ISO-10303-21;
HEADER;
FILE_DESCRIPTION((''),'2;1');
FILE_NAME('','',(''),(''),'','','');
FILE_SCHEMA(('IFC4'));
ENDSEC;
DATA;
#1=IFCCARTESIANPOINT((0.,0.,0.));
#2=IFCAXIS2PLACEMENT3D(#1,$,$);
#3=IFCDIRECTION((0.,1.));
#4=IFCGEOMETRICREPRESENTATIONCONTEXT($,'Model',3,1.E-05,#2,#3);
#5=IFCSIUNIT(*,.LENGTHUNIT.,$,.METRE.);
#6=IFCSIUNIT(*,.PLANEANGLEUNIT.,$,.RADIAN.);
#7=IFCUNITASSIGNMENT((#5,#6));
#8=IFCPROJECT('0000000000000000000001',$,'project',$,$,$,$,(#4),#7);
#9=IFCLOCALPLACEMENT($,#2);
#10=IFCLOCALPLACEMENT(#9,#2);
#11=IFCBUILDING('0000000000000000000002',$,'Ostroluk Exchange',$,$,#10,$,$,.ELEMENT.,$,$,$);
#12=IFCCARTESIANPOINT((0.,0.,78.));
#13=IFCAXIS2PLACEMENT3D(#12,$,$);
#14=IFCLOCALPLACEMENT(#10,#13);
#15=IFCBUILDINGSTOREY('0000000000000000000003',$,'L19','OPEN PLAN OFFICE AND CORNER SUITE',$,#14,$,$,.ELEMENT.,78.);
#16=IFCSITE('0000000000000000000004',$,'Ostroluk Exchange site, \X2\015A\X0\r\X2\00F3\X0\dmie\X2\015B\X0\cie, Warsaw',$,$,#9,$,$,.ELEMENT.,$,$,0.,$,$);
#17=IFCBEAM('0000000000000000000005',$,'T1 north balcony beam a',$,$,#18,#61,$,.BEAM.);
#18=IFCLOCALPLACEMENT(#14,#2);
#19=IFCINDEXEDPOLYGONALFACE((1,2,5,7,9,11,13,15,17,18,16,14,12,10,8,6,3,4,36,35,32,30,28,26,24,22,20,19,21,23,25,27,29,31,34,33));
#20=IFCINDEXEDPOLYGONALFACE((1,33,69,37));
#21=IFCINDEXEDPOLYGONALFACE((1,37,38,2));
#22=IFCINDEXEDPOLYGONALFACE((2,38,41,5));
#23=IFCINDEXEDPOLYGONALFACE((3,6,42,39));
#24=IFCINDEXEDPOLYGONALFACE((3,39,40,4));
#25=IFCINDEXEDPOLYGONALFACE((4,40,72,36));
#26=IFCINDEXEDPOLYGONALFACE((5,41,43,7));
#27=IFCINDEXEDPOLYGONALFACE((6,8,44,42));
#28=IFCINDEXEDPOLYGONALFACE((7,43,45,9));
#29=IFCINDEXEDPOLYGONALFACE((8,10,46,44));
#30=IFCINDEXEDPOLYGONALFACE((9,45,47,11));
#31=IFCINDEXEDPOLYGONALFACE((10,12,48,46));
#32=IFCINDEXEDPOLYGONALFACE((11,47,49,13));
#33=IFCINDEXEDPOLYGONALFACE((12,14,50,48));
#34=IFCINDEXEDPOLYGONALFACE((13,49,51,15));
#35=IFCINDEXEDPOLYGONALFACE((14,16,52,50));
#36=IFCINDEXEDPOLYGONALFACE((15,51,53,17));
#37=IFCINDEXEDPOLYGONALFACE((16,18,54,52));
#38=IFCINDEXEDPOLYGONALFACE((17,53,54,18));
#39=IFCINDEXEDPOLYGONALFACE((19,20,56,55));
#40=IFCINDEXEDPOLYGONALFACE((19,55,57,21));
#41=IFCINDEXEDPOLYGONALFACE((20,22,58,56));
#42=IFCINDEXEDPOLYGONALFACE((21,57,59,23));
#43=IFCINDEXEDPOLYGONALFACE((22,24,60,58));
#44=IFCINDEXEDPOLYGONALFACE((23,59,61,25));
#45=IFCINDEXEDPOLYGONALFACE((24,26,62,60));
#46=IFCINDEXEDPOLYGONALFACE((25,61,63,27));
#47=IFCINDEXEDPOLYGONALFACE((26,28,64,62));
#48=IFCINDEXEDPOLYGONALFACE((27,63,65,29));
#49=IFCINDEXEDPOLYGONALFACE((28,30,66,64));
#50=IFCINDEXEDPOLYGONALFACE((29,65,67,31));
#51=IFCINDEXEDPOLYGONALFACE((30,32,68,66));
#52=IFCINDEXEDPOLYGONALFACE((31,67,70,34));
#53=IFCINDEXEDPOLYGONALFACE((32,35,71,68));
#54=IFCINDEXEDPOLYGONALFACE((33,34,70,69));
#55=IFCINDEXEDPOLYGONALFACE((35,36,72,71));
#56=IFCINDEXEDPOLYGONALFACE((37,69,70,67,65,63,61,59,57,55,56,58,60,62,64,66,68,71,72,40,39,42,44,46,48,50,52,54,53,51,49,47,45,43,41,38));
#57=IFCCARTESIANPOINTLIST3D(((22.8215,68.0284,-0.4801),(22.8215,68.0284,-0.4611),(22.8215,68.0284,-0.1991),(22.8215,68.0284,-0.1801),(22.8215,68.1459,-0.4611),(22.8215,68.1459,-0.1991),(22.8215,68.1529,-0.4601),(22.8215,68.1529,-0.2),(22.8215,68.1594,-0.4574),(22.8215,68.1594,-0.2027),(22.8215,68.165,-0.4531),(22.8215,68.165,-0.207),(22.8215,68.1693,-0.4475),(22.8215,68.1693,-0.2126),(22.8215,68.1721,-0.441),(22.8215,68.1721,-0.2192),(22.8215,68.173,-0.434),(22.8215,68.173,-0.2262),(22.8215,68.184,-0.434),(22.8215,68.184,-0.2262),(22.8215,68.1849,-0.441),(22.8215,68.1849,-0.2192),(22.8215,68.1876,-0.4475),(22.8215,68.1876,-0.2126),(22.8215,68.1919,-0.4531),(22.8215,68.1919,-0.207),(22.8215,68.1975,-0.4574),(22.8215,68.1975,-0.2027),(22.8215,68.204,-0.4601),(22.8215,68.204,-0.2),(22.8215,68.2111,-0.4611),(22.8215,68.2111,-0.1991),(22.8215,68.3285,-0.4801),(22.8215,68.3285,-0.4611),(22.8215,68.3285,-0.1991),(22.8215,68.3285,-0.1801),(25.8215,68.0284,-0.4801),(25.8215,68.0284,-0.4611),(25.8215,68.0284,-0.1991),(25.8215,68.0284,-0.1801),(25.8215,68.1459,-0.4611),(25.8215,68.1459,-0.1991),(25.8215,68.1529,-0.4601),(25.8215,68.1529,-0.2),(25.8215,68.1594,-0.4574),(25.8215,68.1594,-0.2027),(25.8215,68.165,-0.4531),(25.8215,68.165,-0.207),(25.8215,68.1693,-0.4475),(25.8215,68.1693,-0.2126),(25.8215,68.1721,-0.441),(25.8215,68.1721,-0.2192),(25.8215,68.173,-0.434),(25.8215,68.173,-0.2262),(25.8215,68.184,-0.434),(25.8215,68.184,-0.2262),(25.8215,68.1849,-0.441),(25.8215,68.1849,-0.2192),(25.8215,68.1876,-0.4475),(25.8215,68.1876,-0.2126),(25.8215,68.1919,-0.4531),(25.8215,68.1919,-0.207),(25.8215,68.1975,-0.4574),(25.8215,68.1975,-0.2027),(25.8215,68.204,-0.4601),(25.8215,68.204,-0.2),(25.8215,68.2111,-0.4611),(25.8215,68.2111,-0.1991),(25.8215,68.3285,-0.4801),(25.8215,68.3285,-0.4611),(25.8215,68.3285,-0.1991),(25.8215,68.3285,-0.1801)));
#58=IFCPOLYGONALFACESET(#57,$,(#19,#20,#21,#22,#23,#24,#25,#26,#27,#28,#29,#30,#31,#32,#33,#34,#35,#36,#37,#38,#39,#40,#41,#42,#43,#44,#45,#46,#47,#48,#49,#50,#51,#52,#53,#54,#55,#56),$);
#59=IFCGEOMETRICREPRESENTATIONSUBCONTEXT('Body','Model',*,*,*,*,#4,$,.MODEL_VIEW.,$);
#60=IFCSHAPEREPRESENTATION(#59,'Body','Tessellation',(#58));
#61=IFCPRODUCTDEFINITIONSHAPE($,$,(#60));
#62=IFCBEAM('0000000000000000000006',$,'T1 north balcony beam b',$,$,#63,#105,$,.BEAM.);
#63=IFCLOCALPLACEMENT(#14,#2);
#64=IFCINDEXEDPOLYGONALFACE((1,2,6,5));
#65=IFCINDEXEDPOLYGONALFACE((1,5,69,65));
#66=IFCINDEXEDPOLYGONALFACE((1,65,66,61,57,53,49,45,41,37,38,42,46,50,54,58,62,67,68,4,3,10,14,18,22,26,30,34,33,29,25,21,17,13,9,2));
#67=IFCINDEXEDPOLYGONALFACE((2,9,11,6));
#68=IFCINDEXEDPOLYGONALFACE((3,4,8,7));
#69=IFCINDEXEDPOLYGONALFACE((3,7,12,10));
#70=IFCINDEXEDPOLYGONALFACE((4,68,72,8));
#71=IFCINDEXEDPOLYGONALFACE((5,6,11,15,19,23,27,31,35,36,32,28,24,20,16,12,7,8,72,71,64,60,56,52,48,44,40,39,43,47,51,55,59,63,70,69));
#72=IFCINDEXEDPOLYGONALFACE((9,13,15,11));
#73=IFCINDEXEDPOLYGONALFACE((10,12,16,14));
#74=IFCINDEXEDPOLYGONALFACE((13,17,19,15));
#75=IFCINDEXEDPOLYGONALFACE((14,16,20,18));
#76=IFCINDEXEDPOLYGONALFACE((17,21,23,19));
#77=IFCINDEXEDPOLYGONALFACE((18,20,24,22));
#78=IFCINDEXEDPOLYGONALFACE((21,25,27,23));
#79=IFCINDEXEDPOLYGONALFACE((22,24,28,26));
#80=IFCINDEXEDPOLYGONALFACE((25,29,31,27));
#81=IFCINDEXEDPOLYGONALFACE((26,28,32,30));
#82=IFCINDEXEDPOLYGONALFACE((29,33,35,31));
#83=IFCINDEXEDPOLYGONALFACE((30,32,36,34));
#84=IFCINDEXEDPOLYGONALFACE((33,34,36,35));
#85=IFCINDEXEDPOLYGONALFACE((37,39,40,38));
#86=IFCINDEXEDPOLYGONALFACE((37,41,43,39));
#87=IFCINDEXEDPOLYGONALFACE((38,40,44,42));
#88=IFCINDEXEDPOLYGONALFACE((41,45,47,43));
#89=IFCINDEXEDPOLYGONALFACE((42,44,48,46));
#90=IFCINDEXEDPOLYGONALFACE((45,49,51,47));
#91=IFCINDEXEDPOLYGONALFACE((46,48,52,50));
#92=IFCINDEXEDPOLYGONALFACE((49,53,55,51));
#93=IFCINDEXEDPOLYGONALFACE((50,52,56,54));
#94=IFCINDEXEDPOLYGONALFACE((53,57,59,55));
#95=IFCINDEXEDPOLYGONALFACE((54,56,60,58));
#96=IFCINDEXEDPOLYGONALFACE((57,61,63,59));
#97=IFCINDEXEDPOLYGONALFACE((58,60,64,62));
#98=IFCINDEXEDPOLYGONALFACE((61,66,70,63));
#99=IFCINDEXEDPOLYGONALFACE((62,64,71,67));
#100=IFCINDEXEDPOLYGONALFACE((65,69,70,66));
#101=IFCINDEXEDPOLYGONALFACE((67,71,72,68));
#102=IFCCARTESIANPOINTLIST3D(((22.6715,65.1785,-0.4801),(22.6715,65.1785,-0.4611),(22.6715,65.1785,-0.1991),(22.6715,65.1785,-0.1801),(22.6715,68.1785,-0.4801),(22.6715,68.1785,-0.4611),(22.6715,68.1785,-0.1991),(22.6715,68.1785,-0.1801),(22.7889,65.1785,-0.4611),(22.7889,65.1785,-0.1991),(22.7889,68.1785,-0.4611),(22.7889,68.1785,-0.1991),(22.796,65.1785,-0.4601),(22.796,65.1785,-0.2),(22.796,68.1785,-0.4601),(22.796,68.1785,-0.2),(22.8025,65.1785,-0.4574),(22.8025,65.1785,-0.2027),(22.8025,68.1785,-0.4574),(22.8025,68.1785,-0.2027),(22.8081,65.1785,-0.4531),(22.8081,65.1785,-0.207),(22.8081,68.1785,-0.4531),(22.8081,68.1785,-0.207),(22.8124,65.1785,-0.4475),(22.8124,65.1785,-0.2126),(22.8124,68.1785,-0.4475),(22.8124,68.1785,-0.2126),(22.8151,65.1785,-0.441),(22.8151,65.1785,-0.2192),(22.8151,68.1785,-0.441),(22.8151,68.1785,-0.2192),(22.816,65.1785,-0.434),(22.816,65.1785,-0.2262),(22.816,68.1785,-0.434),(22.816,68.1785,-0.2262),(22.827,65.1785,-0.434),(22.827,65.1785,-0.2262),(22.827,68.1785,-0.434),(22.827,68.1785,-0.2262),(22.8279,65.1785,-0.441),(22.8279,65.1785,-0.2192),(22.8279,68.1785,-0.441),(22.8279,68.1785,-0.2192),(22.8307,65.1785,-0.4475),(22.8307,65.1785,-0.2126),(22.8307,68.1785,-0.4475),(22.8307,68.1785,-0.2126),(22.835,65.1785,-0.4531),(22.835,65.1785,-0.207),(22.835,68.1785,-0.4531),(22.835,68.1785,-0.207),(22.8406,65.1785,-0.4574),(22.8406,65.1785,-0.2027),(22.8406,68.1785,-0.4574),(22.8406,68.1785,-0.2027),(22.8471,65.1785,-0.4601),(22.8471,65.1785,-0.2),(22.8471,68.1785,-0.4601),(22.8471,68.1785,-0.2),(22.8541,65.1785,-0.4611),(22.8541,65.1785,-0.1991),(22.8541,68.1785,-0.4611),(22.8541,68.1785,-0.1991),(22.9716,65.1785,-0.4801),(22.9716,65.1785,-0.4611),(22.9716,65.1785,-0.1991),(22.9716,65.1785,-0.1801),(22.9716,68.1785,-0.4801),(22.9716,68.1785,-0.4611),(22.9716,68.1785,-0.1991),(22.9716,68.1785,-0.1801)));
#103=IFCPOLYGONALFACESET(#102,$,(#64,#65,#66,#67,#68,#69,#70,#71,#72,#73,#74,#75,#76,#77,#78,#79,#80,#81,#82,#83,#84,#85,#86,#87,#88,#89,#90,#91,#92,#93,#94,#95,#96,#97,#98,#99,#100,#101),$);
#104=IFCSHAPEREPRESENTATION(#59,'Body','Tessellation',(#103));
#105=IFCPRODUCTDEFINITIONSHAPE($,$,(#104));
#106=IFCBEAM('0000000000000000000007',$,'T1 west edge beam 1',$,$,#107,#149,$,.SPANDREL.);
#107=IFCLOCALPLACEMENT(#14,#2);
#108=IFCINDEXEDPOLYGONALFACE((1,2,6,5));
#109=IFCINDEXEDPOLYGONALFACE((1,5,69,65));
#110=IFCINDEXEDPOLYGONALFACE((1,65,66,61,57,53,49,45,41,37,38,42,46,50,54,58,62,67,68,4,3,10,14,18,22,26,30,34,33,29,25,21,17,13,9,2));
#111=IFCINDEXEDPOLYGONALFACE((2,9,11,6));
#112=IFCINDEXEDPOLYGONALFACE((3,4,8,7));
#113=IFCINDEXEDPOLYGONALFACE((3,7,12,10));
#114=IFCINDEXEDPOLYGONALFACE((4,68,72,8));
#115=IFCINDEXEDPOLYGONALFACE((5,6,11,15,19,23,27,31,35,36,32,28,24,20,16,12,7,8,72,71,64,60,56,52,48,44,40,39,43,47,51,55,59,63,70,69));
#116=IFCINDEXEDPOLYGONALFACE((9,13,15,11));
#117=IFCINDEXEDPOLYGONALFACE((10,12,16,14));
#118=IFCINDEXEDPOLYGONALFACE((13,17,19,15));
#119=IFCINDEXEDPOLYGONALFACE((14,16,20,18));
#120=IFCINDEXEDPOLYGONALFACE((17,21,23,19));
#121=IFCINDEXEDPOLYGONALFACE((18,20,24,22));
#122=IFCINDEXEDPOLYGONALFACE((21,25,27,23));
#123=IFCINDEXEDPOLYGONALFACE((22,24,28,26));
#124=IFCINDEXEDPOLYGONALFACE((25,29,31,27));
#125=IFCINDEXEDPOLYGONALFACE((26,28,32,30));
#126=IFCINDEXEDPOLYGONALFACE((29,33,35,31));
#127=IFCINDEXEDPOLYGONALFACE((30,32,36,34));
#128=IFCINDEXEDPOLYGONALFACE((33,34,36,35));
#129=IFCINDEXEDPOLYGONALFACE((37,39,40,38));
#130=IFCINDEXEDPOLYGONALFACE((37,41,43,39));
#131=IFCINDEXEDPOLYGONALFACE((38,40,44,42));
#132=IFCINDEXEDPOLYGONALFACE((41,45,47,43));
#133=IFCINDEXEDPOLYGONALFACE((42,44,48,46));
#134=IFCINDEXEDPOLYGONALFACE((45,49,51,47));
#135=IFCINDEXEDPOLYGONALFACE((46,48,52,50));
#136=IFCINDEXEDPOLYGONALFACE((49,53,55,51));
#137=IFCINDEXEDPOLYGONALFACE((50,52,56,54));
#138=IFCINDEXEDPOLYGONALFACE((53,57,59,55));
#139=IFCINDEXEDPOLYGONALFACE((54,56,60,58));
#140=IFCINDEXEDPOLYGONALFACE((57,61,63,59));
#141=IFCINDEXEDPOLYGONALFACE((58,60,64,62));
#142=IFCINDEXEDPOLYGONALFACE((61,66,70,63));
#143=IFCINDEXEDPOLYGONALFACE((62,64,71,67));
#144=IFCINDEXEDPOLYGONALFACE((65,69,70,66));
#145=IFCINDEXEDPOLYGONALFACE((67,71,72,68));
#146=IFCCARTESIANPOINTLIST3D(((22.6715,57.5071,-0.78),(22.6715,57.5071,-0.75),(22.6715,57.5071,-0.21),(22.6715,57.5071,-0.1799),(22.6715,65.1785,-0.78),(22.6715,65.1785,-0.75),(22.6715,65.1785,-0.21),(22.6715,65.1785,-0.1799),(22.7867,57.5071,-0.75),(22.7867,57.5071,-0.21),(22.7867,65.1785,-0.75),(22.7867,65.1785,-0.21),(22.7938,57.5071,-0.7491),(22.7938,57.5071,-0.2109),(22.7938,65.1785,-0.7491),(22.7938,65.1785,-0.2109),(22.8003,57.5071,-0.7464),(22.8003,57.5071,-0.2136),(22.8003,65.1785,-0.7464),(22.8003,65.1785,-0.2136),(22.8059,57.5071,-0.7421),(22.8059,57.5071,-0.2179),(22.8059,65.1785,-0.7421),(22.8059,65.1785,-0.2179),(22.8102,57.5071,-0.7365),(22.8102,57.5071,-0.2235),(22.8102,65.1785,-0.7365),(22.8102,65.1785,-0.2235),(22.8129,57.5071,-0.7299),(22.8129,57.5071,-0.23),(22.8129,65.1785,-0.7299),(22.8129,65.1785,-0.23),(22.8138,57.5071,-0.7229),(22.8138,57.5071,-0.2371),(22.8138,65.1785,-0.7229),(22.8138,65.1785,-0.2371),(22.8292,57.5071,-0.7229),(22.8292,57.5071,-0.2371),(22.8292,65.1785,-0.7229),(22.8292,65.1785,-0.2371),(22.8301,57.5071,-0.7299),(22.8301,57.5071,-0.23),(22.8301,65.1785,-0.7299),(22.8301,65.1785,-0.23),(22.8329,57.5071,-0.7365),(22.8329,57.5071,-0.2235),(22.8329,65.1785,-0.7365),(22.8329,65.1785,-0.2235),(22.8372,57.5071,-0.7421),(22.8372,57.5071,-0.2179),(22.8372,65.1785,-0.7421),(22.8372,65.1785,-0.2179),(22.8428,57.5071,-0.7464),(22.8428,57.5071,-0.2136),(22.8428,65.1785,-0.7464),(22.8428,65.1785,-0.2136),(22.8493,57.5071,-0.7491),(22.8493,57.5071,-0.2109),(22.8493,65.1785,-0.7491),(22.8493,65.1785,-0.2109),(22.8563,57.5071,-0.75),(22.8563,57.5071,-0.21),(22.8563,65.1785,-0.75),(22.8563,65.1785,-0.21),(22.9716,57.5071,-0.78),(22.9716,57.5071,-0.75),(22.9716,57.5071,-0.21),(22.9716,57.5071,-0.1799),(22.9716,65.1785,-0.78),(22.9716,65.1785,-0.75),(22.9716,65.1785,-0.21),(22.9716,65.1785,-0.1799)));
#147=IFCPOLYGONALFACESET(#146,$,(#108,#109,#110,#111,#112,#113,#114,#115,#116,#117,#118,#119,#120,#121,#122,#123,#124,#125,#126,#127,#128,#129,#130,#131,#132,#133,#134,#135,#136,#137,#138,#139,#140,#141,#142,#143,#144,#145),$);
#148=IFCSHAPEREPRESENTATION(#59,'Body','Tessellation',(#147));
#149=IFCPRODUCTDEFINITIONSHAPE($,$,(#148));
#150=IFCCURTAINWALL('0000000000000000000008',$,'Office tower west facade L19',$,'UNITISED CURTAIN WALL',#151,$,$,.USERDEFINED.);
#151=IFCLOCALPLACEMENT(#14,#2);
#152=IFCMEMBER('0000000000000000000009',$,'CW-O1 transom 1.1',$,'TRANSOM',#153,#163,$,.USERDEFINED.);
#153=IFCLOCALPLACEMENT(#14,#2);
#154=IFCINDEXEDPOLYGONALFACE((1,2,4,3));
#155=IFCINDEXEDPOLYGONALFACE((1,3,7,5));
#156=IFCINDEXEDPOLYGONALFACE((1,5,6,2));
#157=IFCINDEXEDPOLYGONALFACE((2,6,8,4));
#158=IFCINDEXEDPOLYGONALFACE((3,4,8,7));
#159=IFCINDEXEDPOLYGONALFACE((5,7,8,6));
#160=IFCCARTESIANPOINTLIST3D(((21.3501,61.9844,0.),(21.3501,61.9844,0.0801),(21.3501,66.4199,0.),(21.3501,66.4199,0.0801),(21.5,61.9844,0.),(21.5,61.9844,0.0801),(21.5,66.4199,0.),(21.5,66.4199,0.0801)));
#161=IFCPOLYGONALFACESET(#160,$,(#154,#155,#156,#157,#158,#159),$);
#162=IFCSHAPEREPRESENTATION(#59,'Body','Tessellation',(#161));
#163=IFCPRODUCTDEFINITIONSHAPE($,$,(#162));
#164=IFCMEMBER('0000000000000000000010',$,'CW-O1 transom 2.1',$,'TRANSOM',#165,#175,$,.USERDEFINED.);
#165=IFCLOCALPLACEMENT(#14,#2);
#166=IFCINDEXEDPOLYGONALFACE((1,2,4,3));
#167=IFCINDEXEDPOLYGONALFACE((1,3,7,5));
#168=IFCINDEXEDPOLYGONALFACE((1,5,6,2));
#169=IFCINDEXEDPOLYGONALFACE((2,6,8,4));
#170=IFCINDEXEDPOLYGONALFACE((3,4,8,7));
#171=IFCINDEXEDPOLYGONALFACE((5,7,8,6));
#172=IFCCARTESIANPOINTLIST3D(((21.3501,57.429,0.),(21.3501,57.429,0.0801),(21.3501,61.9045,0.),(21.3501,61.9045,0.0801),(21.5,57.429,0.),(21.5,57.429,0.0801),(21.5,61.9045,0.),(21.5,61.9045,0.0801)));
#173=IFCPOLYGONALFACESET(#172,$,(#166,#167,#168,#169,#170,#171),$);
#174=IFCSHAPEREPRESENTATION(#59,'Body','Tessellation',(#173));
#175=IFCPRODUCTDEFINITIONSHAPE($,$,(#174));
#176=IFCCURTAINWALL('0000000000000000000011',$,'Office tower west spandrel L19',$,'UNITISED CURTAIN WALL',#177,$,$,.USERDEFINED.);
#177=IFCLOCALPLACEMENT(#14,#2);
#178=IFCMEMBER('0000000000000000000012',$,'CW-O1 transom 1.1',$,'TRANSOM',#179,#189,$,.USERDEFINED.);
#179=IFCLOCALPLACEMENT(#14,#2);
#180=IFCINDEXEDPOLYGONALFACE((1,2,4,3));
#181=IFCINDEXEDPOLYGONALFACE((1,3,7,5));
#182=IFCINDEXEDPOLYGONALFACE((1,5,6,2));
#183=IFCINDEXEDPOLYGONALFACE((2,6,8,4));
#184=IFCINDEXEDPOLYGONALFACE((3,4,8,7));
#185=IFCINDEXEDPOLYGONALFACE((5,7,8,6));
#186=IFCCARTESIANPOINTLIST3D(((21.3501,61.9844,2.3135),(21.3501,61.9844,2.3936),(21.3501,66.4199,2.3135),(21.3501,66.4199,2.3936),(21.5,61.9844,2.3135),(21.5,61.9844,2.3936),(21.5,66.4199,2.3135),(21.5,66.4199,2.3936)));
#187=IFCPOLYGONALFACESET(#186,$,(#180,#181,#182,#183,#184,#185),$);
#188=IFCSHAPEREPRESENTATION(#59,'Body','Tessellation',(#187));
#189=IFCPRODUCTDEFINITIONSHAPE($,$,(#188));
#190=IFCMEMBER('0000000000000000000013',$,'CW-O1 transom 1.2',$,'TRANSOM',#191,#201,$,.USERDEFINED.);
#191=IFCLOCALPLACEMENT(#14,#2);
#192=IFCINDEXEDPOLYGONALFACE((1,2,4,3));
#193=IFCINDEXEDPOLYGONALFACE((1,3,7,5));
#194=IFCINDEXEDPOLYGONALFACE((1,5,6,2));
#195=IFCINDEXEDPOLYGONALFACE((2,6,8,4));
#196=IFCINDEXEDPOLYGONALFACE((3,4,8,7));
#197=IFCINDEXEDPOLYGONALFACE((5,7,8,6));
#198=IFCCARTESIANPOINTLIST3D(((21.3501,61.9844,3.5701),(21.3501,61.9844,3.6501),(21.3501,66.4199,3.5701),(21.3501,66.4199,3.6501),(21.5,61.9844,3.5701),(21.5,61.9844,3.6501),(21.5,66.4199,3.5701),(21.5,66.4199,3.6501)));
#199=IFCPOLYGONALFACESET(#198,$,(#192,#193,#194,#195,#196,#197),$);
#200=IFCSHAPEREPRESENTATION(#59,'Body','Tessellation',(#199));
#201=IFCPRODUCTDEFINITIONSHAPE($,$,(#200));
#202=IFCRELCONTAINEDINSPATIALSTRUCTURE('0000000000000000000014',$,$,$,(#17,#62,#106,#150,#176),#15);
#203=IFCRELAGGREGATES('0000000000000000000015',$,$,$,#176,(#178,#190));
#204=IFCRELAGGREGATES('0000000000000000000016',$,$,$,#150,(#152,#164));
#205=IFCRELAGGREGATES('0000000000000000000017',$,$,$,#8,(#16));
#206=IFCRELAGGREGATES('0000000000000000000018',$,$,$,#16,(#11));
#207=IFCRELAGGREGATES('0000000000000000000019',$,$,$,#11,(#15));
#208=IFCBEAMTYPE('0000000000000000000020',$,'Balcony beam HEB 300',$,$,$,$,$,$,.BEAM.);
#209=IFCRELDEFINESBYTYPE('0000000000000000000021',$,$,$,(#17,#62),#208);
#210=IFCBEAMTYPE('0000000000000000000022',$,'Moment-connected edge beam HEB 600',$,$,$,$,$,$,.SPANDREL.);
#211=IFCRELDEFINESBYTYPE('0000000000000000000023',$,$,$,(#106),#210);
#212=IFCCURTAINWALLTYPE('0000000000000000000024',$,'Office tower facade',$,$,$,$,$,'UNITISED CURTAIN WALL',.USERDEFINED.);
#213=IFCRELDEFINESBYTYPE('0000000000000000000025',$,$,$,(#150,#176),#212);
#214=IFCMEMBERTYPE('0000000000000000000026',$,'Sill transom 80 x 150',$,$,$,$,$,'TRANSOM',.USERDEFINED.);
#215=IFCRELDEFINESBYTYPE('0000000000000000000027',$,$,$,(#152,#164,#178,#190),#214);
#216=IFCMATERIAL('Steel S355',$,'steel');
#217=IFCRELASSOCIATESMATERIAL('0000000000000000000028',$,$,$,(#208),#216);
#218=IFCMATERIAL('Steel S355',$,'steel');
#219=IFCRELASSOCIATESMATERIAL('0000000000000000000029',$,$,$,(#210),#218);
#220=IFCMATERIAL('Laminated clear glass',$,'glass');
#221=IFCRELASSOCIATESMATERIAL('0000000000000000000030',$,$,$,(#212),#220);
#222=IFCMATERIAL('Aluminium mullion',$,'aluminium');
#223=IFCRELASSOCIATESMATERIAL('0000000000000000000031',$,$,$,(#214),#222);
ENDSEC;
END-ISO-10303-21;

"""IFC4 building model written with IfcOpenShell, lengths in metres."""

from ifc_helpers import new_model, si_unit, direction, frame, origin, origin_2d, place, context, subcontext, project, spatial, rectangle, i_section, extrude, material, material_profile, profile_set, type_object, element, aggregate, save


model = new_model("IFC4")

# Units and contexts
model_context = context("Model", 3, precision=1e-05, world=origin(), true_north=direction((0.0, 1.0)))
body_context = subcontext(model_context, "Body", "Model", "MODEL_VIEW")
ifc_project = project(units=[si_unit("LENGTHUNIT", "METRE"), si_unit("PLANEANGLEUNIT", "RADIAN")], contexts=[model_context])

# Site, building, storey
site_placement = place(None, origin())
site = spatial("IfcSite", under=ifc_project, at=site_placement, Name="Ostroluk Exchange site, Śródmieście, Warsaw", CompositionType="ELEMENT", RefElevation=0.0)
building_placement = place(site_placement, origin())
building = spatial("IfcBuilding", under=site, at=building_placement, Name="Ostroluk Exchange", CompositionType="ELEMENT")
storey_placement = place(building_placement, frame((0.0, 0.0, 78.0)))
storey = spatial("IfcBuildingStorey", under=building, at=storey_placement, Name="L19", Description="OPEN PLAN OFFICE AND CORNER SUITE", CompositionType="ELEMENT", Elevation=78.0)

# Beams
ifc_material_1 = material(Name="Steel S355", Category="steel")
ifc_material_profile_1 = material_profile(ifc_material_1, i_section(OverallWidth=0.3, OverallDepth=0.3, WebThickness=0.011, FlangeThickness=0.019, FilletRadius=0.0271, at=origin_2d()), Name="HEB 300")
ifc_profile_set_1 = profile_set([ifc_material_profile_1], Name="Steel S355")
beam_type_1 = type_object("IfcBeamType", Name="Balcony beam HEB 300", PredefinedType="BEAM", material=ifc_profile_set_1)
for number, where, z_axis, x_axis, name in (
    (1, (25.8215, 68.1785, -0.3301), (-1.0, 0.0, 0.0), (0.0, -1.0, 0.0), "T1 north balcony beam a"),
    (2, (22.8215, 65.1785, -0.3301), (0.0, 1.0, 0.0), (-1.0, 0.0, 0.0), "T1 north balcony beam b"),
):
    element("IfcBeam", number, at=place(storey_placement, frame(where, z_axis=z_axis, x_axis=x_axis)), inside=storey, type_object=beam_type_1, Name=name, PredefinedType="BEAM", context=body_context, shape_type="SweptSolid", body=[
        extrude(i_section(OverallWidth=0.3, OverallDepth=0.3, WebThickness=0.011, FlangeThickness=0.019, FilletRadius=0.0271, at=origin_2d()), origin(), (0.0, 0.0, 1.0), 3.0),
    ])
ifc_material_2 = material(Name="Steel S355", Category="steel")
ifc_material_profile_2 = material_profile(ifc_material_2, i_section(OverallWidth=0.3, OverallDepth=0.6001, WebThickness=0.0154, FlangeThickness=0.03, FilletRadius=0.0271, at=origin_2d()), Name="HEB 600")
ifc_profile_set_2 = profile_set([ifc_material_profile_2], Name="Steel S355")
beam_type_2 = type_object("IfcBeamType", Name="Moment-connected edge beam HEB 600", PredefinedType="SPANDREL", material=ifc_profile_set_2)
beam_placement = place(storey_placement, frame((22.8215, 65.1785, -0.48), z_axis=(0.0, -1.0, 0.0), x_axis=(1.0, 0.0, 0.0)))
element("IfcBeam", 3, at=beam_placement, inside=storey, type_object=beam_type_2, Name="T1 west edge beam 1", PredefinedType="SPANDREL", context=body_context, shape_type="SweptSolid", body=[
    extrude(i_section(OverallWidth=0.3, OverallDepth=0.6001, WebThickness=0.0154, FlangeThickness=0.03, FilletRadius=0.0271, at=origin_2d()), origin(), (0.0, 0.0, 1.0), 7.6714),
])

# Curtain walls, members
ifc_material_3 = material(Name="Laminated clear glass", Category="glass")
curtain_wall_type = type_object("IfcCurtainWallType", Name="Office tower facade", ElementType="UNITISED CURTAIN WALL", PredefinedType="USERDEFINED", material=ifc_material_3)
curtain_wall_1_placement = place(storey_placement, origin())
curtain_wall_1 = element("IfcCurtainWall", 4, at=curtain_wall_1_placement, inside=storey, type_object=curtain_wall_type, Name="Office tower west facade L19", ObjectType="UNITISED CURTAIN WALL", PredefinedType="USERDEFINED")
ifc_material_4 = material(Name="Aluminium mullion", Category="aluminium")
ifc_material_profile_3 = material_profile(ifc_material_4, rectangle(XDim=0.1499, YDim=0.0801, at=origin_2d()), Name="Sill transom 80 x 150")
ifc_profile_set_3 = profile_set([ifc_material_profile_3], Name="Aluminium mullion")
member_type_1 = type_object("IfcMemberType", Name="Sill transom 80 x 150", ElementType="TRANSOM", PredefinedType="USERDEFINED", material=ifc_profile_set_3)
member_1_placement = place(storey_placement, frame((21.425, 66.4199, 0.04), z_axis=(0.0, -1.0, 0.0), x_axis=(1.0, 0.0, 0.0)))
member_1 = element("IfcMember", 5, at=member_1_placement, type_object=member_type_1, Name="CW-O1 transom 1.1", ObjectType="TRANSOM", PredefinedType="USERDEFINED", context=body_context, shape_type="SweptSolid", body=[
    extrude(rectangle(XDim=0.1499, YDim=0.0801, at=origin_2d()), origin(), (0.0, 0.0, 1.0), 4.4355),
])
member_2_placement = place(storey_placement, frame((21.425, 61.9045, 0.04), z_axis=(0.0, -1.0, 0.0), x_axis=(1.0, 0.0, 0.0)))
member_2 = element("IfcMember", 6, at=member_2_placement, type_object=member_type_1, Name="CW-O1 transom 2.1", ObjectType="TRANSOM", PredefinedType="USERDEFINED", context=body_context, shape_type="SweptSolid", body=[
    extrude(rectangle(XDim=0.1499, YDim=0.0801, at=origin_2d()), origin(), (0.0, 0.0, 1.0), 4.4756),
])
curtain_wall_2_placement = place(storey_placement, origin())
curtain_wall_2 = element("IfcCurtainWall", 7, at=curtain_wall_2_placement, inside=storey, type_object=curtain_wall_type, Name="Office tower west spandrel L19", ObjectType="UNITISED CURTAIN WALL", PredefinedType="USERDEFINED")
member_3_placement = place(storey_placement, frame((21.425, 66.4199, 2.3535), z_axis=(0.0, -1.0, 0.0), x_axis=(1.0, 0.0, 0.0)))
member_3 = element("IfcMember", 8, at=member_3_placement, type_object=member_type_1, Name="CW-O1 transom 1.1", ObjectType="TRANSOM", PredefinedType="USERDEFINED", context=body_context, shape_type="SweptSolid", body=[
    extrude(rectangle(XDim=0.1499, YDim=0.0801, at=origin_2d()), origin(), (0.0, 0.0, 1.0), 4.4355),
])
member_4_placement = place(storey_placement, frame((21.425, 66.4199, 3.6101), z_axis=(0.0, -1.0, 0.0), x_axis=(1.0, 0.0, 0.0)))
member_4 = element("IfcMember", 9, at=member_4_placement, type_object=member_type_1, Name="CW-O1 transom 1.2", ObjectType="TRANSOM", PredefinedType="USERDEFINED", context=body_context, shape_type="SweptSolid", body=[
    extrude(rectangle(XDim=0.1499, YDim=0.0801, at=origin_2d()), origin(), (0.0, 0.0, 1.0), 4.4355),
])

aggregate(curtain_wall_2, [member_3, member_4])
aggregate(curtain_wall_1, [member_1, member_2])

save(model, "model.ifc")
